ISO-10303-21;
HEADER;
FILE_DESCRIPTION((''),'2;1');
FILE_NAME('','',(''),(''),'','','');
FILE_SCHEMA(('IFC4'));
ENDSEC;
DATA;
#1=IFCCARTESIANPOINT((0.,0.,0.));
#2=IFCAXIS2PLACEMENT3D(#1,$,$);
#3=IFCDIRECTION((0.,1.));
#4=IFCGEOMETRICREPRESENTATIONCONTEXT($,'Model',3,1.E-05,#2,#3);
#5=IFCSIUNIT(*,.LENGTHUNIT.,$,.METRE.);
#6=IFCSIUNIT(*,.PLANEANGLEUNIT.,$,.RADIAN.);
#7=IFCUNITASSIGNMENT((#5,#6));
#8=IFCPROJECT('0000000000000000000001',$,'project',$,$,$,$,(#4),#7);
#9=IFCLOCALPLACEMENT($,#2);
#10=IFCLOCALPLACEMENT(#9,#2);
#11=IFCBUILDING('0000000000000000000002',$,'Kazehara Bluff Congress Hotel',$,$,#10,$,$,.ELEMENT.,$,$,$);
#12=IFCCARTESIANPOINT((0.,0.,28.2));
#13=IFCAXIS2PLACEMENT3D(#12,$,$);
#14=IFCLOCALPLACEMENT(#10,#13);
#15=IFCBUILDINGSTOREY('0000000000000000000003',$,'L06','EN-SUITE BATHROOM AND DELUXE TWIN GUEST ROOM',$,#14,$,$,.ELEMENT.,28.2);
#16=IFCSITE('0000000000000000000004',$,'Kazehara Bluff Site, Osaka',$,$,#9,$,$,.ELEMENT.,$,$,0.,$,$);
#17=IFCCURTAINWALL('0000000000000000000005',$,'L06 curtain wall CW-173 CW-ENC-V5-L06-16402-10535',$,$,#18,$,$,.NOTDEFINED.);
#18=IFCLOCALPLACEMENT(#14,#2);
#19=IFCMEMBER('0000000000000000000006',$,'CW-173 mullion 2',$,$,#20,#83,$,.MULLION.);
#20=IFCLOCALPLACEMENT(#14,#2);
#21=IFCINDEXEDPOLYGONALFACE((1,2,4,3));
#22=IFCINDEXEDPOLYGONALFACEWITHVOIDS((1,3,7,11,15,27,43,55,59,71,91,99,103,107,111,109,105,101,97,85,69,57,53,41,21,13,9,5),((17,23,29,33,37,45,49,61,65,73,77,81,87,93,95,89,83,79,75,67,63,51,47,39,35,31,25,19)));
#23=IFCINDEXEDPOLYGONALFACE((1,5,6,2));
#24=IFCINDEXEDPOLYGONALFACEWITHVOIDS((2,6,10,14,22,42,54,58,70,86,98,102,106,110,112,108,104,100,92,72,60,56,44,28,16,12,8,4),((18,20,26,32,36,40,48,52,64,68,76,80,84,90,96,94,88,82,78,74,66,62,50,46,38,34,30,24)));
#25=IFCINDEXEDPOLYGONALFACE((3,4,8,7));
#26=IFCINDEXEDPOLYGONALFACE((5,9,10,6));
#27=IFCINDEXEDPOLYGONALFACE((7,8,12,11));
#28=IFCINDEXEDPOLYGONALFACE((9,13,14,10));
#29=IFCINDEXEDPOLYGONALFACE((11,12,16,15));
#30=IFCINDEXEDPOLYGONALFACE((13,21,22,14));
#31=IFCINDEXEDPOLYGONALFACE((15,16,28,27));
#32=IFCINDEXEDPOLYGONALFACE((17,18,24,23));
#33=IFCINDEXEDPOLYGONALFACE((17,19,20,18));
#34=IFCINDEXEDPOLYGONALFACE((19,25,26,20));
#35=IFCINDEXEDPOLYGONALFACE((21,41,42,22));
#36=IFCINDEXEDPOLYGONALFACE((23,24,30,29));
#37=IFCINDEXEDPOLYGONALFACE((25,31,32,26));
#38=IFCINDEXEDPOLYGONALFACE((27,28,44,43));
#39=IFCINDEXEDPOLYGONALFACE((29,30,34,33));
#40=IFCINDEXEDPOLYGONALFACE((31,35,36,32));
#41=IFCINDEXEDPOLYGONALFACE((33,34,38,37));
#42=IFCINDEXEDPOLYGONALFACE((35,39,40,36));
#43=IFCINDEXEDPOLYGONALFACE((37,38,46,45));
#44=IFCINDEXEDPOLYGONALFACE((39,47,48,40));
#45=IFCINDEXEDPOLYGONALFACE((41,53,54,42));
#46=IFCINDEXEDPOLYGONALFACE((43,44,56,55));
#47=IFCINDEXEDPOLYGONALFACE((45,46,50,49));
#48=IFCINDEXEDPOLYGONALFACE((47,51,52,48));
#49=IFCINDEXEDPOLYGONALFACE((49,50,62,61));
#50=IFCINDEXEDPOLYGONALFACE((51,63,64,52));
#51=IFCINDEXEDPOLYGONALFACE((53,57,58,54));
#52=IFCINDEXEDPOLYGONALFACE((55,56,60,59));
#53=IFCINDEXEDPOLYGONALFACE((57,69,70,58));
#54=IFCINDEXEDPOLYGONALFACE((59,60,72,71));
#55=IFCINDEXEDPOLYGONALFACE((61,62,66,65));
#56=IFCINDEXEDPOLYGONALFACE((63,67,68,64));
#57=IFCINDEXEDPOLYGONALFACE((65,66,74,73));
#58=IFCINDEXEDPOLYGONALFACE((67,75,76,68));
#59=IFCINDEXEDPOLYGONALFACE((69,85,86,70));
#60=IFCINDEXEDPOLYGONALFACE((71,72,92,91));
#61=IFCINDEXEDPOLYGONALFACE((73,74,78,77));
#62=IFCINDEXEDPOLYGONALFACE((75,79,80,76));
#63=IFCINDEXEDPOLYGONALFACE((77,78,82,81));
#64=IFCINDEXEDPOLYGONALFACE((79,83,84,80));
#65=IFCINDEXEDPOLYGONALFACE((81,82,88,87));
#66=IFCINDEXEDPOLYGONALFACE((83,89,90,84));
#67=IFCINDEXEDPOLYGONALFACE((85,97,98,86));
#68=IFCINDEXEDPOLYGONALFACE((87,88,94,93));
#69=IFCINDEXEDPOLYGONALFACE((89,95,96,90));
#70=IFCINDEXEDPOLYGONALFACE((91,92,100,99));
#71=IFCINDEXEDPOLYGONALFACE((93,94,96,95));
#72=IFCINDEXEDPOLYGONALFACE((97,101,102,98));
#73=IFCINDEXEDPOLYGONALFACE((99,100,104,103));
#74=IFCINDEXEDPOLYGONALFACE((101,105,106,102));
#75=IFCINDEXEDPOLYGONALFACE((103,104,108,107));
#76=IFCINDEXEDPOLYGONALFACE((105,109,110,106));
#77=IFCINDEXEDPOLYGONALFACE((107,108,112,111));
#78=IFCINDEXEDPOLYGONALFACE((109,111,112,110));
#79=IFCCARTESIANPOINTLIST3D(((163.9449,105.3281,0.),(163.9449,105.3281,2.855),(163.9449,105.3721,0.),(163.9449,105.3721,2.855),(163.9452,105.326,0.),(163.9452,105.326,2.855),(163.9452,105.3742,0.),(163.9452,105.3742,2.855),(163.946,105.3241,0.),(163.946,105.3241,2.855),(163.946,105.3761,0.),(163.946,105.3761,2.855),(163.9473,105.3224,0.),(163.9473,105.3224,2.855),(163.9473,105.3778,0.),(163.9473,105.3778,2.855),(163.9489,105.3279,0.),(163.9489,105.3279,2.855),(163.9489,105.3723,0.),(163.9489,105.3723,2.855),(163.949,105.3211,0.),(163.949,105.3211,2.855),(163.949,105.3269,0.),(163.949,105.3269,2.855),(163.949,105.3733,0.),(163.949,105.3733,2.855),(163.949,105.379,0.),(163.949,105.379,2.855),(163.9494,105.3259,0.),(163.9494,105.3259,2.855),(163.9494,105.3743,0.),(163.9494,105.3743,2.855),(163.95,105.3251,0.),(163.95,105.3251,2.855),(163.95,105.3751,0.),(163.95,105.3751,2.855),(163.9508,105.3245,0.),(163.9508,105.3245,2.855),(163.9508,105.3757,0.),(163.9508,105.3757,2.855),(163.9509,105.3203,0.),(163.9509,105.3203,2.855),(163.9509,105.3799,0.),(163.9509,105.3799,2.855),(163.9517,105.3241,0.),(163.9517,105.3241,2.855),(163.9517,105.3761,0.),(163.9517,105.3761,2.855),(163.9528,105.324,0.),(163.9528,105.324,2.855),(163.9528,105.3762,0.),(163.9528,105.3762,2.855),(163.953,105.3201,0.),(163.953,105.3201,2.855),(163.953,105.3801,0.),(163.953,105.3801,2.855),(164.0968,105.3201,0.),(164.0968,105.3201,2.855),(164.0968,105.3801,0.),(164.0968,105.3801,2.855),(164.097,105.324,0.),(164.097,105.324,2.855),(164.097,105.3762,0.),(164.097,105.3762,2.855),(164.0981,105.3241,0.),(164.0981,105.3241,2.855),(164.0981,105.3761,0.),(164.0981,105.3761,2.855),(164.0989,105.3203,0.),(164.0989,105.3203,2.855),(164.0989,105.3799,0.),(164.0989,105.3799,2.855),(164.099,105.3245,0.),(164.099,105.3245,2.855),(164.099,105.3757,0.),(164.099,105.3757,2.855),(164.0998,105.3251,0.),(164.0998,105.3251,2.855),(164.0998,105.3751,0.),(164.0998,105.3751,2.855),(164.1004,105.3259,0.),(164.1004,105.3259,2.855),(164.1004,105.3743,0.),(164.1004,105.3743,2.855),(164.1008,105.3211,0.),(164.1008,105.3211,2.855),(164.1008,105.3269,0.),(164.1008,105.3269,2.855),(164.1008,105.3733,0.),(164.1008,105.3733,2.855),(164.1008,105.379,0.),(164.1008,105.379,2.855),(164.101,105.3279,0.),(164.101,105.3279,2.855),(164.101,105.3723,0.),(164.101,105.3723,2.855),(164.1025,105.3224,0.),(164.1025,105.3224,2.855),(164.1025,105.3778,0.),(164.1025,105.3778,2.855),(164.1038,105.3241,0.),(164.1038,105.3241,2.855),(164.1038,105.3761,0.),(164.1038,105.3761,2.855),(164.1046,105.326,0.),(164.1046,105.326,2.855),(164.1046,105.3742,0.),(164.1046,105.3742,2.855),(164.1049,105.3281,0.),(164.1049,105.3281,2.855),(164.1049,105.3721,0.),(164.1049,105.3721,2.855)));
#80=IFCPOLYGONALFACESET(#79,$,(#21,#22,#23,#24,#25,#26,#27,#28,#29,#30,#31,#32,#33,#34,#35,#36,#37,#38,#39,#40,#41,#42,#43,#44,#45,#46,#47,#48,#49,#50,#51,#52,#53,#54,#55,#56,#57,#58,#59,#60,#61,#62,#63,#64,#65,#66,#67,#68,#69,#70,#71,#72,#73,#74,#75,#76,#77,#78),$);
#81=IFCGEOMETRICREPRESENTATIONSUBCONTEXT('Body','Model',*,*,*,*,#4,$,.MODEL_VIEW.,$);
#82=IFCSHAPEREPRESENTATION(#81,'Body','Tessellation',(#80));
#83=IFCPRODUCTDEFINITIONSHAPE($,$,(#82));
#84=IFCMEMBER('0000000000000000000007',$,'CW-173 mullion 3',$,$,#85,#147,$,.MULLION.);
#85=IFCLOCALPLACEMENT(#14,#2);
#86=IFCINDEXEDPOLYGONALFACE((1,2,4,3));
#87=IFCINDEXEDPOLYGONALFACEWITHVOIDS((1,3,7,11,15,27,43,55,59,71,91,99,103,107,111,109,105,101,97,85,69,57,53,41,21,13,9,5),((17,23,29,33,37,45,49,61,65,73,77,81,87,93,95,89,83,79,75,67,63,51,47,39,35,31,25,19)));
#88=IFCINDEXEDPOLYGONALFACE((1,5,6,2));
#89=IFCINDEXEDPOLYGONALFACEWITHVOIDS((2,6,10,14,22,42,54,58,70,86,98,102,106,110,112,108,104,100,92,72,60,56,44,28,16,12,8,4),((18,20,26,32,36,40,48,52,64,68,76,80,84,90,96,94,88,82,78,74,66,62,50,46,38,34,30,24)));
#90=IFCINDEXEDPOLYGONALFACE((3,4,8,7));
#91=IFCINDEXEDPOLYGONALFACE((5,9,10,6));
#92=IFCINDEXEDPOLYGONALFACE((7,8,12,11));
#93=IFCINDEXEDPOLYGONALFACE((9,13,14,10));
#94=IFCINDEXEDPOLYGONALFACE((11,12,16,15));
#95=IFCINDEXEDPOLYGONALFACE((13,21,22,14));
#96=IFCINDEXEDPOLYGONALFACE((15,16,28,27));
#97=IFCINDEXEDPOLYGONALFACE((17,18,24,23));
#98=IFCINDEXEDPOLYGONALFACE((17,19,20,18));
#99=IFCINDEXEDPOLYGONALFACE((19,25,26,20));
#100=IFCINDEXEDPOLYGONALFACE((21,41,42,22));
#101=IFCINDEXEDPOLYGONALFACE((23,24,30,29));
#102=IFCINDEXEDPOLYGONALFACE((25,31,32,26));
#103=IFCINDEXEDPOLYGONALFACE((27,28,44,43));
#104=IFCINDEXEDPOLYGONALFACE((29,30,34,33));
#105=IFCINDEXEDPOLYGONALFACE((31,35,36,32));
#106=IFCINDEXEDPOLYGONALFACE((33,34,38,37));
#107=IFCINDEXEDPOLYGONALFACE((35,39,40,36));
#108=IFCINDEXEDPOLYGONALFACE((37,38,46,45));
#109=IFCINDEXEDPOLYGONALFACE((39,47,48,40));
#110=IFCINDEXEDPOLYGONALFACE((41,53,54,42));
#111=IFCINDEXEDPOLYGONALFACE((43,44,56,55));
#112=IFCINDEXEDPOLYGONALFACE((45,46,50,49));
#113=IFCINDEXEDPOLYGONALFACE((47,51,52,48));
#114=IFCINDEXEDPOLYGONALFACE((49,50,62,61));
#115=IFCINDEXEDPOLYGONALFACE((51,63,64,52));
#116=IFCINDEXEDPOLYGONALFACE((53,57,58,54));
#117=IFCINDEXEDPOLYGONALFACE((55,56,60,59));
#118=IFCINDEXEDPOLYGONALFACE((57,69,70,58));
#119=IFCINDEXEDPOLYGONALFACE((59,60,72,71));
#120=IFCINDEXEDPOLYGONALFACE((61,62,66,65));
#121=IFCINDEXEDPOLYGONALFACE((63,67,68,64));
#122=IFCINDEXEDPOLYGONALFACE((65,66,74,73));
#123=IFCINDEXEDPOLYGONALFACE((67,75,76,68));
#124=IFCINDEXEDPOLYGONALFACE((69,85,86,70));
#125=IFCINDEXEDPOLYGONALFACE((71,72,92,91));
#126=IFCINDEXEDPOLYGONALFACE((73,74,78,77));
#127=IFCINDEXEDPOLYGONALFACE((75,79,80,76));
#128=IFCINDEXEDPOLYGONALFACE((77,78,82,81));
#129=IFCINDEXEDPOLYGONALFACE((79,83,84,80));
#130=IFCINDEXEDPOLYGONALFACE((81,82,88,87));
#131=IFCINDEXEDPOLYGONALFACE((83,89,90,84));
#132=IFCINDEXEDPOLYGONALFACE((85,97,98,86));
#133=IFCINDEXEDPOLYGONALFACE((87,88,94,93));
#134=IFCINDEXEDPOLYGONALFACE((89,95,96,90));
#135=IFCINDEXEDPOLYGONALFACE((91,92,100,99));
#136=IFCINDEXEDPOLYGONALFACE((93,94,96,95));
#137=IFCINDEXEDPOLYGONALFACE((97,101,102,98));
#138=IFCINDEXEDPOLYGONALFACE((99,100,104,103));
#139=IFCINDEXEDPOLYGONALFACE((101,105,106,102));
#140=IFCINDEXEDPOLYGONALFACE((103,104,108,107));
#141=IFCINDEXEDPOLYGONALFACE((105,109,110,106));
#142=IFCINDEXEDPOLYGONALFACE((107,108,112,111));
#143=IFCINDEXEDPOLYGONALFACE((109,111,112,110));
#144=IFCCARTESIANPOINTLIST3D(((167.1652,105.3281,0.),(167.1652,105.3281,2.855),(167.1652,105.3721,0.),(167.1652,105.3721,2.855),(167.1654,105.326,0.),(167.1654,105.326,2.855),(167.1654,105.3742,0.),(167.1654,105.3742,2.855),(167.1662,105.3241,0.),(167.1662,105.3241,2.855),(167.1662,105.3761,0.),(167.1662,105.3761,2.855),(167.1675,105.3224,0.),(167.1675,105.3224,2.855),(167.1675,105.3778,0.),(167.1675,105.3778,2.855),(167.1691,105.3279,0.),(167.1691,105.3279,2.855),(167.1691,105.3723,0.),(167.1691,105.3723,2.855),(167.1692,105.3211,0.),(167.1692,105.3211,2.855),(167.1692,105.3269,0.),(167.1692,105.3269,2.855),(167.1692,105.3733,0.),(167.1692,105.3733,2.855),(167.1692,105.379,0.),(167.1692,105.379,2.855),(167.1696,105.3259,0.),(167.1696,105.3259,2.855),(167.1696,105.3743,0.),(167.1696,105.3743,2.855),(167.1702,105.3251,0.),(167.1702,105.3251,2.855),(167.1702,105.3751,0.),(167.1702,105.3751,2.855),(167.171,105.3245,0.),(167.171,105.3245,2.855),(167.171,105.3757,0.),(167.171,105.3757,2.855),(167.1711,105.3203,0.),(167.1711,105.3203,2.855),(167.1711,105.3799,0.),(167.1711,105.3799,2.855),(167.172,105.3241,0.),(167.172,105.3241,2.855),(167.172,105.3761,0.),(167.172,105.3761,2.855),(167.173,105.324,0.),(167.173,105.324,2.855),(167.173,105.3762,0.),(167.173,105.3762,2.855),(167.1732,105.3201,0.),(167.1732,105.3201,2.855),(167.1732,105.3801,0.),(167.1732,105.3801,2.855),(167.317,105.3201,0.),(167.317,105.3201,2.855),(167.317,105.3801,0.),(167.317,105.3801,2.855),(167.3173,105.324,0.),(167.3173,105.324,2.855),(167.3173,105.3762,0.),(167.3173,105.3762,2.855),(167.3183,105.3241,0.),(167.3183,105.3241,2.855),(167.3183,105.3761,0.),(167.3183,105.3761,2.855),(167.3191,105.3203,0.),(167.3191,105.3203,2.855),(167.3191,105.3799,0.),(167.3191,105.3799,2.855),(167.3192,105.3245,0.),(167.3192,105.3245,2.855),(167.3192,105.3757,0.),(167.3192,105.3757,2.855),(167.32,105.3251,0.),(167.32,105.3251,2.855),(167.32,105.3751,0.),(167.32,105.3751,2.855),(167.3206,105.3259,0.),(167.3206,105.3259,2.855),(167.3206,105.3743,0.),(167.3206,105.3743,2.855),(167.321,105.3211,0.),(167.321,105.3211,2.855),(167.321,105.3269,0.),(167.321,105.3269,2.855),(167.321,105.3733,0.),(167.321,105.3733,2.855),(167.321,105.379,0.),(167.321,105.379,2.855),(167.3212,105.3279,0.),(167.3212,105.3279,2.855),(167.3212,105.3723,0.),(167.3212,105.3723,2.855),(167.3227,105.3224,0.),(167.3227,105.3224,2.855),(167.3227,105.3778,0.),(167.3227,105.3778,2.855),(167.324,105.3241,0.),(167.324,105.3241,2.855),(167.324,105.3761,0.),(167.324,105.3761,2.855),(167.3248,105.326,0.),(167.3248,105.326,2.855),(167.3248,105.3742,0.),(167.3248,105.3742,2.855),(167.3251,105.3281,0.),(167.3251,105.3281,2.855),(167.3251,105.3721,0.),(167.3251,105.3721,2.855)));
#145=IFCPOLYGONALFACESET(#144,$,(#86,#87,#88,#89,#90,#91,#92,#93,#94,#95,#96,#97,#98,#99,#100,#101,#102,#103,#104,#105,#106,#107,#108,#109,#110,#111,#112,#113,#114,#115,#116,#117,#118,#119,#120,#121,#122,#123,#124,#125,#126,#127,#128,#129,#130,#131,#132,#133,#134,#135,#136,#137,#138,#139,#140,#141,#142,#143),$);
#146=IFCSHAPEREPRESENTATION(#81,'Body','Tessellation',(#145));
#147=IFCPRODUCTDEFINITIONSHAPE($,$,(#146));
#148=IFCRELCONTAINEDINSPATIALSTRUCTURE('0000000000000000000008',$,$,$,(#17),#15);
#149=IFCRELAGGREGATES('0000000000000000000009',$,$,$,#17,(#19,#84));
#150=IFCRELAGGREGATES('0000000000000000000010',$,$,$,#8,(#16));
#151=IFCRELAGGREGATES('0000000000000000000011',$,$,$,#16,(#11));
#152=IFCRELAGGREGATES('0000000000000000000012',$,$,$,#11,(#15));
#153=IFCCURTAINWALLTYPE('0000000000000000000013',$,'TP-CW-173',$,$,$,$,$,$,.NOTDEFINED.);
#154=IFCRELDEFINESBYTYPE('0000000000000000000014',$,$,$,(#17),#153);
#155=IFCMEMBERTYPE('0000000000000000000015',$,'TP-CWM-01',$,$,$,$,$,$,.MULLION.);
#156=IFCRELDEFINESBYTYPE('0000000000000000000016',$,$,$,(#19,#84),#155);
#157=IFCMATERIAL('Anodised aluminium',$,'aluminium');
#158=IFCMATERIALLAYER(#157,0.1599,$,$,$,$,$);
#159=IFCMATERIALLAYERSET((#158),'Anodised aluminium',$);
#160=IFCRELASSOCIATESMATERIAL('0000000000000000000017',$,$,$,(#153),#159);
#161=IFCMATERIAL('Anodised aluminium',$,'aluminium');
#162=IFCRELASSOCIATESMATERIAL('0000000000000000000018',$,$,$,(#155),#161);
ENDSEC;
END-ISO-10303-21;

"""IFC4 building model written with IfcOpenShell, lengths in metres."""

from ifc_helpers import new_model, si_unit, direction, frame, origin, origin_2d, place, context, subcontext, project, spatial, hollow_rectangle, extrude, material, layer, layer_set, material_profile, profile_set, type_object, element, aggregate, save


model = new_model("IFC4")

# Units and contexts
model_context = context("Model", 3, precision=1e-05, world=origin(), true_north=direction((0.0, 1.0)))
body_context = subcontext(model_context, "Body", "Model", "MODEL_VIEW")
ifc_project = project(units=[si_unit("LENGTHUNIT", "METRE"), si_unit("PLANEANGLEUNIT", "RADIAN")], contexts=[model_context])

# Site, building, storey
site_placement = place(None, origin())
site = spatial("IfcSite", under=ifc_project, at=site_placement, Name="Kazehara Bluff Site, Osaka", CompositionType="ELEMENT", RefElevation=0.0)
building_placement = place(site_placement, origin())
building = spatial("IfcBuilding", under=site, at=building_placement, Name="Kazehara Bluff Congress Hotel", CompositionType="ELEMENT")
storey_placement = place(building_placement, frame((0.0, 0.0, 28.2)))
storey = spatial("IfcBuildingStorey", under=building, at=storey_placement, Name="L06", Description="EN-SUITE BATHROOM AND DELUXE TWIN GUEST ROOM", CompositionType="ELEMENT", Elevation=28.2)

# Curtain wall, members
ifc_material_1 = material(Name="Anodised aluminium", Category="aluminium")
ifc_layer_1 = layer(ifc_material_1, 0.1599)
ifc_layer_set_1 = layer_set([ifc_layer_1], Name="Anodised aluminium")
curtain_wall_type = type_object("IfcCurtainWallType", Name="TP-CW-173", PredefinedType="NOTDEFINED", material=ifc_layer_set_1)
curtain_wall_placement = place(storey_placement, origin())
curtain_wall = element("IfcCurtainWall", 1, at=curtain_wall_placement, inside=storey, type_object=curtain_wall_type, Name="L06 curtain wall CW-173 CW-ENC-V5-L06-16402-10535", PredefinedType="NOTDEFINED")
ifc_material_2 = material(Name="Anodised aluminium", Category="aluminium")
ifc_material_profile_1 = material_profile(ifc_material_2, hollow_rectangle(XDim=0.0601, YDim=0.1599, WallThickness=0.0039, InnerFilletRadius=0.0039, OuterFilletRadius=0.0081, at=origin_2d()))
ifc_profile_set_1 = profile_set([ifc_material_profile_1], Name="Anodised aluminium")
member_type_1 = type_object("IfcMemberType", Name="TP-CWM-01", PredefinedType="MULLION", material=ifc_profile_set_1)
member_1_placement = place(storey_placement, frame((164.0249, 105.3501, 0.0), z_axis=(0.0, 0.0, 1.0), x_axis=(0.0, 1.0, 0.0)))
member_1 = element("IfcMember", 2, at=member_1_placement, type_object=member_type_1, Name="CW-173 mullion 2", PredefinedType="MULLION", context=body_context, shape_type="SweptSolid", body=[
    extrude(hollow_rectangle(XDim=0.0601, YDim=0.1599, WallThickness=0.0039, InnerFilletRadius=0.0039, OuterFilletRadius=0.0081, at=origin_2d()), origin(), (0.0, 0.0, 1.0), 2.855),
])
member_2_placement = place(storey_placement, frame((167.2451, 105.3501, 0.0), z_axis=(0.0, 0.0, 1.0), x_axis=(0.0, 1.0, 0.0)))
member_2 = element("IfcMember", 3, at=member_2_placement, type_object=member_type_1, Name="CW-173 mullion 3", PredefinedType="MULLION", context=body_context, shape_type="SweptSolid", body=[
    extrude(hollow_rectangle(XDim=0.0601, YDim=0.1599, WallThickness=0.0039, InnerFilletRadius=0.0039, OuterFilletRadius=0.0081, at=origin_2d()), origin(), (0.0, 0.0, 1.0), 2.855),
])

aggregate(curtain_wall, [member_1, member_2])

save(model, "model.ifc")
